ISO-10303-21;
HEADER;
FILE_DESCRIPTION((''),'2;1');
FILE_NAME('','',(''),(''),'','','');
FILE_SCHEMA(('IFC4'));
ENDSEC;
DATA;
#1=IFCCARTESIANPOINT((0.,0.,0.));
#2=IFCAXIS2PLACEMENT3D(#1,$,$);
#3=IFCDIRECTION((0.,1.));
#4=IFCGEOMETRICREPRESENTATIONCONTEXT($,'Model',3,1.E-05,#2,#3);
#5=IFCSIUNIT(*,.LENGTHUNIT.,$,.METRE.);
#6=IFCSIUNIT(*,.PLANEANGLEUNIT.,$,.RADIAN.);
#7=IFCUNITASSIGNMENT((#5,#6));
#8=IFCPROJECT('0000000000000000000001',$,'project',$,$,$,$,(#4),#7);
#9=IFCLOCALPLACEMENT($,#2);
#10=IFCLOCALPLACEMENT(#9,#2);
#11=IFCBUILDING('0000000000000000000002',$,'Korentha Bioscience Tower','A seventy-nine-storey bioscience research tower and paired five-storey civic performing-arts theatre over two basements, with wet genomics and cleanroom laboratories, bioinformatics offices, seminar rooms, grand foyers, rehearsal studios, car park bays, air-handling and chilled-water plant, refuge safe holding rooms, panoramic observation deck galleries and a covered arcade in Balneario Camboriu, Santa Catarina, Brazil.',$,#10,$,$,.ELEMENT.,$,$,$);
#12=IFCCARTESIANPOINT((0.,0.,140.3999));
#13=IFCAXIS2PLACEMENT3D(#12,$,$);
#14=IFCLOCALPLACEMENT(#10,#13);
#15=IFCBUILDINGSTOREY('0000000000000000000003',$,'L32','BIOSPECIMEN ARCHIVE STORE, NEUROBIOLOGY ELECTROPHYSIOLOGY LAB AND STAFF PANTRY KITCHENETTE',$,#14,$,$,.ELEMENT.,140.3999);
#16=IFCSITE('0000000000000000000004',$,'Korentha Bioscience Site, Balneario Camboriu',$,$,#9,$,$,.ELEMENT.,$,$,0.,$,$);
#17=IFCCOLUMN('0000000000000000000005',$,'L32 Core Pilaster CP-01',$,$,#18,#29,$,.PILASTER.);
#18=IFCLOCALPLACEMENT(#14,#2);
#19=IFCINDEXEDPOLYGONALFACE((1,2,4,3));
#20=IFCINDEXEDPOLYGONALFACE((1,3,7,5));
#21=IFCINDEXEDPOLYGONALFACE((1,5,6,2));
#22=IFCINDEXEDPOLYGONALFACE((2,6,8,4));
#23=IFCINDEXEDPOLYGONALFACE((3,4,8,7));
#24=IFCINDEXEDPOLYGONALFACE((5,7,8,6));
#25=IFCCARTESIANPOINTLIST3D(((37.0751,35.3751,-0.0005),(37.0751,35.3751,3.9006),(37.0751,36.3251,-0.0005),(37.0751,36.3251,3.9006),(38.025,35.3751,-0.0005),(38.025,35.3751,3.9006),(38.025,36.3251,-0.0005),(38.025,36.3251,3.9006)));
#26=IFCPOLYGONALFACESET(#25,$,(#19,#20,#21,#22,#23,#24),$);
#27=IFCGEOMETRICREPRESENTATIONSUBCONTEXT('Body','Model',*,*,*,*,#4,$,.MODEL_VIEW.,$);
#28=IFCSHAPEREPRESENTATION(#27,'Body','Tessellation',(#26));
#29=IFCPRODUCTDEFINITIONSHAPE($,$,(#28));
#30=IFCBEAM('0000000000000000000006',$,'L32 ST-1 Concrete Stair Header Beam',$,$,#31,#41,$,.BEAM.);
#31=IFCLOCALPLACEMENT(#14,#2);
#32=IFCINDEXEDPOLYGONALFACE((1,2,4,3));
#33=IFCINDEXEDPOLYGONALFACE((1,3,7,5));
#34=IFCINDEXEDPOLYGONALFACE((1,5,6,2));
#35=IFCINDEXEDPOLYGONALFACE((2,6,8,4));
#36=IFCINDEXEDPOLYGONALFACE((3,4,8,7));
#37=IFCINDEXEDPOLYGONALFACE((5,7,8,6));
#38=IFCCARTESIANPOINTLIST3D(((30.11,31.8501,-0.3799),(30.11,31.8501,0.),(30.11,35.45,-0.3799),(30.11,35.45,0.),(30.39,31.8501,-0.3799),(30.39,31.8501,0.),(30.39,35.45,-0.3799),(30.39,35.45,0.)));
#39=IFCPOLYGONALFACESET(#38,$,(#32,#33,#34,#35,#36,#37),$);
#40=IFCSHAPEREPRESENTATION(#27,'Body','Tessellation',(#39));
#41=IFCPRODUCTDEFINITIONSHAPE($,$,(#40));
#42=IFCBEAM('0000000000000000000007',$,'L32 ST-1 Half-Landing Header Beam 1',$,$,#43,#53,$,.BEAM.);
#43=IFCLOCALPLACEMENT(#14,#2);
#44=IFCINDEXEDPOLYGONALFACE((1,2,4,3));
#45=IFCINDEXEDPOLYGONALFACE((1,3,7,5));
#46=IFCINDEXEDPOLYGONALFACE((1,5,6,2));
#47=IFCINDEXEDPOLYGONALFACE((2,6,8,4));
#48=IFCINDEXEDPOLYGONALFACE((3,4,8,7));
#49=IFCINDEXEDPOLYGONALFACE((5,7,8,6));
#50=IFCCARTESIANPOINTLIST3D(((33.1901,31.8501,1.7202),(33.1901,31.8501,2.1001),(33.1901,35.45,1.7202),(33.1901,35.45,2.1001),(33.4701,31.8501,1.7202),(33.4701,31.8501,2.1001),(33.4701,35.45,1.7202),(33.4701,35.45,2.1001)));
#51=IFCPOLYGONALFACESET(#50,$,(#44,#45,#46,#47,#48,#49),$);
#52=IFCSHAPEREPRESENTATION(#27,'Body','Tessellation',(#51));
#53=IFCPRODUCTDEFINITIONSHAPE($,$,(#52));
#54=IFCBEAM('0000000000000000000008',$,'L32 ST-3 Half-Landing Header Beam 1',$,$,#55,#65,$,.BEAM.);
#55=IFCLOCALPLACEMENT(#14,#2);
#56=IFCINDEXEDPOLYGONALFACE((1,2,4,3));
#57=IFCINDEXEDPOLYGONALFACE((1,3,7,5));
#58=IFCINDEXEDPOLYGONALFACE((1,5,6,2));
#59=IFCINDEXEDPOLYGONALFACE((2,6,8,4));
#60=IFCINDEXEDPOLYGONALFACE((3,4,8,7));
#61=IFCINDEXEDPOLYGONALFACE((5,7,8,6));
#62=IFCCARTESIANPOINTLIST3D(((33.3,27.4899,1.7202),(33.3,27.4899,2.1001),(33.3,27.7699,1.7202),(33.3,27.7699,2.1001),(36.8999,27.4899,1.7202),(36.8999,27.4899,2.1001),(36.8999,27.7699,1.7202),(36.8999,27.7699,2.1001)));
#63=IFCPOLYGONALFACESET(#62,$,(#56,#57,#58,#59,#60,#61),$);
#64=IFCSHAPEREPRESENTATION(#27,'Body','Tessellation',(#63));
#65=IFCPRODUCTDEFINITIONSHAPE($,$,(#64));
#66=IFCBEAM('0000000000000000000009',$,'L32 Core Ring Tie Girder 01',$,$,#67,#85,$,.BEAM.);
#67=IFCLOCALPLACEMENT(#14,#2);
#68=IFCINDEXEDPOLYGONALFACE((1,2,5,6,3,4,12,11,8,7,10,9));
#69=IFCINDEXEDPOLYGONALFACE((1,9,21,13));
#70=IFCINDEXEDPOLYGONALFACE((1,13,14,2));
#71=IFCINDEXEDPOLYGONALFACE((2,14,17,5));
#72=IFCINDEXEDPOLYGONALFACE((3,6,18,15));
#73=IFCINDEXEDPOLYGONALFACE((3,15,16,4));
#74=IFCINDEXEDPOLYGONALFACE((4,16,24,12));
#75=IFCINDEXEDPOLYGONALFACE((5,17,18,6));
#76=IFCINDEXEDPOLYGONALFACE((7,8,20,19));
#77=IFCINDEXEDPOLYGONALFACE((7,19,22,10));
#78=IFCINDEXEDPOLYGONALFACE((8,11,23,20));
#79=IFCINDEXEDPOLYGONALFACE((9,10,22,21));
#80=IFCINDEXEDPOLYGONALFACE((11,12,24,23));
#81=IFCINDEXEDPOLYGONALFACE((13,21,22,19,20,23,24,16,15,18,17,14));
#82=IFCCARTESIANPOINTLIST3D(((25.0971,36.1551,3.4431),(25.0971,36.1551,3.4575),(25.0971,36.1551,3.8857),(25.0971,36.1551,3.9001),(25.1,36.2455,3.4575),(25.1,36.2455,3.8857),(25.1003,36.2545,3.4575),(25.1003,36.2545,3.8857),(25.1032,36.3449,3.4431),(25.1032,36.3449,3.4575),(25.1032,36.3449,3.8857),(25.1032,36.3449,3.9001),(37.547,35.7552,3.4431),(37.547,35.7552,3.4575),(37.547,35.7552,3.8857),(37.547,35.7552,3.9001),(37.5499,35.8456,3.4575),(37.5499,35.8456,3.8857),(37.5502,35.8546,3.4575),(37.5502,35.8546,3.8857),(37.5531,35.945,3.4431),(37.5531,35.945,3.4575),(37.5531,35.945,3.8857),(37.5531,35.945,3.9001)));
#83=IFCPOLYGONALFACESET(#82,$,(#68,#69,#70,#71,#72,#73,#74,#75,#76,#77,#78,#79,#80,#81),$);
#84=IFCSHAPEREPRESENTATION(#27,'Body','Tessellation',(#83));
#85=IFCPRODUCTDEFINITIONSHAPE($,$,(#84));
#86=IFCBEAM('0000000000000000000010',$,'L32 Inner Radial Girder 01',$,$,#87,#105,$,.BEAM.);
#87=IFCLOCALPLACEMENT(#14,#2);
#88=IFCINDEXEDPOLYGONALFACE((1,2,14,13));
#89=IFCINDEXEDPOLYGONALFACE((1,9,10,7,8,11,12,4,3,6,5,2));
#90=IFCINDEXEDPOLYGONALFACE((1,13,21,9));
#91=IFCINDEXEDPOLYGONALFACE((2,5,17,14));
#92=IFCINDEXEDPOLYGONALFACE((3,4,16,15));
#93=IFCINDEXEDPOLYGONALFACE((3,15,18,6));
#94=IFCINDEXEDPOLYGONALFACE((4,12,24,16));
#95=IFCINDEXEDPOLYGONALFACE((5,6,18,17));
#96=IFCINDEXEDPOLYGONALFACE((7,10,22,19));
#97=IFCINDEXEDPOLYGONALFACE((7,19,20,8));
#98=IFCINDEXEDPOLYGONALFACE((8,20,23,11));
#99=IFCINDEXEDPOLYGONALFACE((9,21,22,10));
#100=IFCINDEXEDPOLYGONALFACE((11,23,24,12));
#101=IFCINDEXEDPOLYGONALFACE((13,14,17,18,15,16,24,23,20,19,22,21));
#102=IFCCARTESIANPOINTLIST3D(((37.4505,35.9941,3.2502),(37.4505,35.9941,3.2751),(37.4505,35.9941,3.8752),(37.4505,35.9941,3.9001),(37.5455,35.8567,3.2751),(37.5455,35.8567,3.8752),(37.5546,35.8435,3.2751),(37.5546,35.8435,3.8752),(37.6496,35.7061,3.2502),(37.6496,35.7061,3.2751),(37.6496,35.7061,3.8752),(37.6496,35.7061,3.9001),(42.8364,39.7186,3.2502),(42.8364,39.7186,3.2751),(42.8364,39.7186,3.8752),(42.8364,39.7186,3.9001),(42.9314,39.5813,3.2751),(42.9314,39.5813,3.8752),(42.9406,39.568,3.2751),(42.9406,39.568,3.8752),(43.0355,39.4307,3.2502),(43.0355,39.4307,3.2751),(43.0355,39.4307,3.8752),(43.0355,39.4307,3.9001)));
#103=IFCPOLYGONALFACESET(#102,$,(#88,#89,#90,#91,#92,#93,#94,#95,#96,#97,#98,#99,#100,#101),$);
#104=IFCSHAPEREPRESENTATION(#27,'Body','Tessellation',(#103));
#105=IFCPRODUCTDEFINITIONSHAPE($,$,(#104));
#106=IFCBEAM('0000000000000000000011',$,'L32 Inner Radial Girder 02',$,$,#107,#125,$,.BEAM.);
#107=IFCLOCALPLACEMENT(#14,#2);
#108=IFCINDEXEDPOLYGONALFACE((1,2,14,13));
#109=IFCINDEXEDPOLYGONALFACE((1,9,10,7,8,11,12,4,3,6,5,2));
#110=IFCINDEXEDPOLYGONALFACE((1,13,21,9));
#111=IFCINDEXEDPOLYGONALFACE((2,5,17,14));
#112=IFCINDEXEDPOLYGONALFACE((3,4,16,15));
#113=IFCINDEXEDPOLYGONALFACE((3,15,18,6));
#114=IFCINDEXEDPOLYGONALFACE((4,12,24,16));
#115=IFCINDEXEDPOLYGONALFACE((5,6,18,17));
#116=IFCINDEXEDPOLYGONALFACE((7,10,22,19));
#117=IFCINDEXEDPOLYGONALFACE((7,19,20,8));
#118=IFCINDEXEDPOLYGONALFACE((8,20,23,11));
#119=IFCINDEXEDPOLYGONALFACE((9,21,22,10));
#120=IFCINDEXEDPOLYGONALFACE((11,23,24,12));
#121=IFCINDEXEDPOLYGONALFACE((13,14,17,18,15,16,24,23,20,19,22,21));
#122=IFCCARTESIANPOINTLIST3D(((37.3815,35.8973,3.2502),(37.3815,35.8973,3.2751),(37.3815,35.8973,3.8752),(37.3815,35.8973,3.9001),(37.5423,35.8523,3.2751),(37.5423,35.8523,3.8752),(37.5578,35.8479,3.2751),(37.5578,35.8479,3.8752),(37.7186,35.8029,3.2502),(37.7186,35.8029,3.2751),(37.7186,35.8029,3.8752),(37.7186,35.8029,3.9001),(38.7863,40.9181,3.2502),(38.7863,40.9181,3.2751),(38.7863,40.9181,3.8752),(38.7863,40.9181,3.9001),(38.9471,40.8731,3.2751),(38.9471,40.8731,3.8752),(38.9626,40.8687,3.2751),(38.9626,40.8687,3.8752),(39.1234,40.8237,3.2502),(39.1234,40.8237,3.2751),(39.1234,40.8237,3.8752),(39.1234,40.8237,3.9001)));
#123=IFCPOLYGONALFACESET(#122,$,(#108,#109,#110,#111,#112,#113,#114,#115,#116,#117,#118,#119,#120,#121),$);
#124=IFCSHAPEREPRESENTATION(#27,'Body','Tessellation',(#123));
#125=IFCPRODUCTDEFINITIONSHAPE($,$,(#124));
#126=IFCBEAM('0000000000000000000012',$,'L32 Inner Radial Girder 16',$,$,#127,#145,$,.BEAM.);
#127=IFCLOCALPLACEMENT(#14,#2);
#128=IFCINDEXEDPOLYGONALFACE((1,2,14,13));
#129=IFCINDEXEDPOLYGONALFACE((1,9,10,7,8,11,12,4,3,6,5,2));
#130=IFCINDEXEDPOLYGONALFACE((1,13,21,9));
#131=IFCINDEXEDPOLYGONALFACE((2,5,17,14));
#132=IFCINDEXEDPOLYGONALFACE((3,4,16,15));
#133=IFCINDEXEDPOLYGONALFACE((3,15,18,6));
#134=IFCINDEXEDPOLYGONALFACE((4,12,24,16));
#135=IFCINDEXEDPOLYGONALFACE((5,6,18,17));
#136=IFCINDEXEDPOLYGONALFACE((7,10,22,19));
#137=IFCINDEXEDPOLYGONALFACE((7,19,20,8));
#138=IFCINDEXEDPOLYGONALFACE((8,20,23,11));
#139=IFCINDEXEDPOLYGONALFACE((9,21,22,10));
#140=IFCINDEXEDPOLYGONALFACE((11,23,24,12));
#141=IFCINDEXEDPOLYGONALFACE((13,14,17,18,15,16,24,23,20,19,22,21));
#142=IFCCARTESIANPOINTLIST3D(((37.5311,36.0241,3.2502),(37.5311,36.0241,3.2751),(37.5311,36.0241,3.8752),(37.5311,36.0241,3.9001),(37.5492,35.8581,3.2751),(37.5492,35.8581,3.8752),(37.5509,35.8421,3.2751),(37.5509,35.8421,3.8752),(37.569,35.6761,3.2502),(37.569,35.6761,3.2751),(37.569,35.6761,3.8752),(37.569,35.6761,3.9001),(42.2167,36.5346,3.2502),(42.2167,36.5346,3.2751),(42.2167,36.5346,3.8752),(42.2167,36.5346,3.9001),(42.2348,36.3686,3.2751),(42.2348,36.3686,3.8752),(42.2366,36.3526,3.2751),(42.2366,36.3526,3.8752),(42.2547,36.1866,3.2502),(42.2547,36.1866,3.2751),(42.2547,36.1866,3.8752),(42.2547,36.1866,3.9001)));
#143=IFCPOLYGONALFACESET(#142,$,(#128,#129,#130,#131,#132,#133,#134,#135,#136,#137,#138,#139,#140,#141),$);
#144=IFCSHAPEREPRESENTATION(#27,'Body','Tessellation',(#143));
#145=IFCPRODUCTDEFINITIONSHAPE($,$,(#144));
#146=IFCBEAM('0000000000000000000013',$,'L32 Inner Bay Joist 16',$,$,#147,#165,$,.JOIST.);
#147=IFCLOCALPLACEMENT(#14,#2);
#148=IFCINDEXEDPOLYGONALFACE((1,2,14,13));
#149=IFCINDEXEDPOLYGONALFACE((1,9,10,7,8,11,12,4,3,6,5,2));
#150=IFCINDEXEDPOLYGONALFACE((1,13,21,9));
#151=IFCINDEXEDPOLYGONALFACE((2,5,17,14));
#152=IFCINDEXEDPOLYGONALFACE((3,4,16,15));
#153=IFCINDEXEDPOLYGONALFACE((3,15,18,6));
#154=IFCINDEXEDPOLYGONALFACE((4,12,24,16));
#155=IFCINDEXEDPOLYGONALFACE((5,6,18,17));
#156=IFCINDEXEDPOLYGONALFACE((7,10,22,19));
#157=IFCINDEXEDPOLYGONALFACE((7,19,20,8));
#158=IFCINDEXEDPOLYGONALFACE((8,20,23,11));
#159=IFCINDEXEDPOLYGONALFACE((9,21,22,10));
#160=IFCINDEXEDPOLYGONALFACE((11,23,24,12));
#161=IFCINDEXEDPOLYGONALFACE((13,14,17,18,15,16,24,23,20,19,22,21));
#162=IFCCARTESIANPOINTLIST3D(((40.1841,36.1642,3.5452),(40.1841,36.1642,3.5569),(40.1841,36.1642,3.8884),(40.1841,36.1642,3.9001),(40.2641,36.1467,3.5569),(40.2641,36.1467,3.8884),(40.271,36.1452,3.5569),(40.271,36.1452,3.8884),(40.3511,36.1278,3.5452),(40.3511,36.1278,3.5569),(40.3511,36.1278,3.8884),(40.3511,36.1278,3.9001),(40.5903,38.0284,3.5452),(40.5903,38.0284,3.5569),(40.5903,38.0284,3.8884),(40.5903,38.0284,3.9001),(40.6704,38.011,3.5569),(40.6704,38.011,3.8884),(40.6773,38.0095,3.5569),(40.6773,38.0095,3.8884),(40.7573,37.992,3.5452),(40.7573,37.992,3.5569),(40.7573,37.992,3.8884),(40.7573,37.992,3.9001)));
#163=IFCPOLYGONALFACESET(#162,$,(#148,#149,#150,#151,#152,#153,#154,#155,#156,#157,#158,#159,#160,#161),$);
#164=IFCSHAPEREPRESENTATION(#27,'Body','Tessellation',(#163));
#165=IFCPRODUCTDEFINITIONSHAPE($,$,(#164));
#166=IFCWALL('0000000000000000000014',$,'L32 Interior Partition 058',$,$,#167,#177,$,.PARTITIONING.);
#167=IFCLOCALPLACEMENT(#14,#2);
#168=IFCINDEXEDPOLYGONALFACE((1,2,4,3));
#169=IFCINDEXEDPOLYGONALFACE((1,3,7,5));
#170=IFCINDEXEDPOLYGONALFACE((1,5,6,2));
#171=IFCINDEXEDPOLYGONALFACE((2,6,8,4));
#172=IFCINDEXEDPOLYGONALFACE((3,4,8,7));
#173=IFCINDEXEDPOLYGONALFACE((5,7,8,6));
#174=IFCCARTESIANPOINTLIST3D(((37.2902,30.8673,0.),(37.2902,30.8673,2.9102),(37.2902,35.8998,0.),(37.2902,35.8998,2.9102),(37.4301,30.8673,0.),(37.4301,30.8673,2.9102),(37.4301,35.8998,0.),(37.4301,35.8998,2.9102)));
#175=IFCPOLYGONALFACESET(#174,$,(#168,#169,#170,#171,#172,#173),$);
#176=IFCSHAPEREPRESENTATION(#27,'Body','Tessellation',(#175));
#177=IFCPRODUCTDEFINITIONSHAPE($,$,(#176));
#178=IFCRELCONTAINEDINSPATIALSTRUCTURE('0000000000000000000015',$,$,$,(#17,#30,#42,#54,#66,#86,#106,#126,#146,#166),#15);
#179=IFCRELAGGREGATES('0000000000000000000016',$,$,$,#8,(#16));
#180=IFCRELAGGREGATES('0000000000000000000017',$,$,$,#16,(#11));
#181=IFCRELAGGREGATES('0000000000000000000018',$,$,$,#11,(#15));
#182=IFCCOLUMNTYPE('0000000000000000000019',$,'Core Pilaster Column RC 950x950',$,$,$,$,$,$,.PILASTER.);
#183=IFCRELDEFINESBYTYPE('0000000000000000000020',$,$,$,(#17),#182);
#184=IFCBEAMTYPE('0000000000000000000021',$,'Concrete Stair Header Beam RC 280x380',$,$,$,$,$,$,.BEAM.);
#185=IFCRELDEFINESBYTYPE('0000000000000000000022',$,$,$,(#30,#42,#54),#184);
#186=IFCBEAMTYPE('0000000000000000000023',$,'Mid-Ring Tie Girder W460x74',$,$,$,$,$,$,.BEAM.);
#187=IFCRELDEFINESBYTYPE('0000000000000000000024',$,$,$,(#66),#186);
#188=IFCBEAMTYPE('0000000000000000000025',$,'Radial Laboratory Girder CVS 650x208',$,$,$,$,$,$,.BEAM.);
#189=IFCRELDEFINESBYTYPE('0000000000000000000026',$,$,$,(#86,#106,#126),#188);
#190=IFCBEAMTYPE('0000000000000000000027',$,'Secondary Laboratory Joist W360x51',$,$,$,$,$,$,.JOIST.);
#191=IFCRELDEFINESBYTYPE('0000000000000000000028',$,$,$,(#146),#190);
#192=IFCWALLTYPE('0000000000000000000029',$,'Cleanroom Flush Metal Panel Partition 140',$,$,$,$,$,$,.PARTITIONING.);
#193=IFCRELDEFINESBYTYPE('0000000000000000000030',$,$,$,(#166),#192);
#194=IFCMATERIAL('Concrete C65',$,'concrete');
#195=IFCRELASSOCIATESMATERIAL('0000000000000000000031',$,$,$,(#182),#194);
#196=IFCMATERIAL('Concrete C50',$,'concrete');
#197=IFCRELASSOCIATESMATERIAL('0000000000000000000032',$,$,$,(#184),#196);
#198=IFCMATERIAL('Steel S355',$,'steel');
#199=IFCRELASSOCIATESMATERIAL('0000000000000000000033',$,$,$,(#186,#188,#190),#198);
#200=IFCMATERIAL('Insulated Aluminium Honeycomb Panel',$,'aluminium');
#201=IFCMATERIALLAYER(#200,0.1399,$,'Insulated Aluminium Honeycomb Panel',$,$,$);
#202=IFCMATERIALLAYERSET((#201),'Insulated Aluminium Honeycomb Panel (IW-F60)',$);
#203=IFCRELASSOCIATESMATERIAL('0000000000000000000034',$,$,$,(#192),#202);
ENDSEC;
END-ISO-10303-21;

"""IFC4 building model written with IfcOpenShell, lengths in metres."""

from ifc_helpers import new_model, si_unit, direction, frame, frame_2d, origin, origin_2d, place, context, subcontext, project, spatial, rectangle, i_section, extrude, material, layer, layer_set, material_profile, profile_set, type_object, element, save


model = new_model("IFC4")

# Units and contexts
model_context = context("Model", 3, precision=1e-05, world=origin(), true_north=direction((0.0, 1.0)))
body_context = subcontext(model_context, "Body", "Model", "MODEL_VIEW")
ifc_project = project(units=[si_unit("LENGTHUNIT", "METRE"), si_unit("PLANEANGLEUNIT", "RADIAN")], contexts=[model_context])

# Site, building, storey
site_placement = place(None, origin())
site = spatial("IfcSite", under=ifc_project, at=site_placement, Name="Korentha Bioscience Site, Balneario Camboriu", CompositionType="ELEMENT", RefElevation=0.0)
building_placement = place(site_placement, origin())
building = spatial("IfcBuilding", under=site, at=building_placement, Name="Korentha Bioscience Tower", Description="A seventy-nine-storey bioscience research tower and paired five-storey civic performing-arts theatre over two basements, with wet genomics and cleanroom laboratories, bioinformatics offices, seminar rooms, grand foyers, rehearsal studios, car park bays, air-handling and chilled-water plant, refuge safe holding rooms, panoramic observation deck galleries and a covered arcade in Balneario Camboriu, Santa Catarina, Brazil.", CompositionType="ELEMENT")
storey_placement = place(building_placement, frame((0.0, 0.0, 140.3999)))
storey = spatial("IfcBuildingStorey", under=building, at=storey_placement, Name="L32", Description="BIOSPECIMEN ARCHIVE STORE, NEUROBIOLOGY ELECTROPHYSIOLOGY LAB AND STAFF PANTRY KITCHENETTE", CompositionType="ELEMENT", Elevation=140.3999)

# Column
ifc_material_1 = material(Name="Concrete C65", Category="concrete")
ifc_material_profile_1 = material_profile(ifc_material_1, rectangle(XDim=0.95, YDim=0.95, at=origin_2d()), Name="Concrete C65")
ifc_profile_set_1 = profile_set([ifc_material_profile_1], Name="Concrete C65 (COL-CP09)")
column_type = type_object("IfcColumnType", Name="Core Pilaster Column RC 950x950", PredefinedType="PILASTER", material=ifc_profile_set_1)
column_placement = place(storey_placement, frame((37.55, 35.8501, -0.0005), z_axis=(0.0, 0.0, 1.0), x_axis=(1.0, 0.0, 0.0)))
element("IfcColumn", 1, at=column_placement, inside=storey, type_object=column_type, Name="L32 Core Pilaster CP-01", PredefinedType="PILASTER", context=body_context, shape_type="SweptSolid", body=[
    extrude(rectangle(XDim=0.95, YDim=0.95, at=origin_2d()), origin(), (0.0, 0.0, 1.0), 3.9011),
])

# Beams
ifc_material_2 = material(Name="Concrete C50", Category="concrete")
ifc_material_profile_2 = material_profile(ifc_material_2, rectangle(XDim=0.28, YDim=0.3799, at=origin_2d()), Name="Concrete C50")
ifc_profile_set_2 = profile_set([ifc_material_profile_2], Name="Concrete C50 (ST-HB380)")
beam_type_1 = type_object("IfcBeamType", Name="Concrete Stair Header Beam RC 280x380", PredefinedType="BEAM", material=ifc_profile_set_2)
for number, where, z_axis, x_axis, name in (
    (2, (30.25, 31.8501, -0.1899), (0.0, 1.0, 0.0), (-1.0, 0.0, 0.0), "L32 ST-1 Concrete Stair Header Beam"),
    (3, (33.3301, 31.8501, 1.9102), (0.0, 1.0, 0.0), (-1.0, 0.0, 0.0), "L32 ST-1 Half-Landing Header Beam 1"),
    (4, (36.8999, 27.6299, 1.9102), (-1.0, 0.0, 0.0), (0.0, -1.0, 0.0), "L32 ST-3 Half-Landing Header Beam 1"),
):
    element("IfcBeam", number, at=place(storey_placement, frame(where, z_axis=z_axis, x_axis=x_axis)), inside=storey, type_object=beam_type_1, Name=name, PredefinedType="BEAM", context=body_context, shape_type="SweptSolid", body=[
        extrude(rectangle(XDim=0.28, YDim=0.3799, at=origin_2d()), origin(), (0.0, 0.0, 1.0), 3.5999),
    ])
ifc_material_3 = material(Name="Steel S355", Category="steel")
ifc_material_profile_3 = material_profile(ifc_material_3, i_section(OverallWidth=0.1899, OverallDepth=0.457, WebThickness=0.009, FlangeThickness=0.0144, at=origin_2d()), Name="Steel S355")
ifc_profile_set_3 = profile_set([ifc_material_profile_3], Name="Steel S355 (MB-460)")
beam_type_2 = type_object("IfcBeamType", Name="Mid-Ring Tie Girder W460x74", PredefinedType="BEAM", material=ifc_profile_set_3)
beam_1_placement = place(storey_placement, frame((37.55, 35.8501, 3.6716), z_axis=(-0.999485, 0.032104, 0.0), x_axis=(-0.032104, -0.999485, 0.0)))
element("IfcBeam", 5, at=beam_1_placement, inside=storey, type_object=beam_type_2, Name="L32 Core Ring Tie Girder 01", PredefinedType="BEAM", context=body_context, shape_type="SweptSolid", body=[
    extrude(i_section(OverallWidth=0.1899, OverallDepth=0.457, WebThickness=0.009, FlangeThickness=0.0144, at=origin_2d()), origin(), (0.0, 0.0, 1.0), 12.4563),
])
ifc_material_profile_4 = material_profile(ifc_material_3, i_section(OverallWidth=0.3501, OverallDepth=0.6499, WebThickness=0.0161, FlangeThickness=0.0249, at=origin_2d()), Name="Steel S355")
ifc_profile_set_4 = profile_set([ifc_material_profile_4], Name="Steel S355 (RB-650)")
beam_type_3 = type_object("IfcBeamType", Name="Radial Laboratory Girder CVS 650x208", PredefinedType="BEAM", material=ifc_profile_set_4)
beam_2_placement = place(storey_placement, frame((37.55, 35.8501, 3.5752), z_axis=(0.822489, 0.568781, 0.0), x_axis=(-0.568781, 0.822489, 0.0)))
element("IfcBeam", 6, at=beam_2_placement, inside=storey, type_object=beam_type_3, Name="L32 Inner Radial Girder 01", PredefinedType="BEAM", context=body_context, shape_type="SweptSolid", body=[
    extrude(i_section(OverallWidth=0.3501, OverallDepth=0.6499, WebThickness=0.0161, FlangeThickness=0.0249, at=origin_2d()), origin(), (0.0, 0.0, 1.0), 6.5483),
])
beam_3_placement = place(storey_placement, frame((37.55, 35.8501, 3.5752), z_axis=(0.269448, 0.963015, 0.0), x_axis=(-0.963015, 0.269448, 0.0)))
element("IfcBeam", 7, at=beam_3_placement, inside=storey, type_object=beam_type_3, Name="L32 Inner Radial Girder 02", PredefinedType="BEAM", context=body_context, shape_type="SweptSolid", body=[
    extrude(i_section(OverallWidth=0.3501, OverallDepth=0.6499, WebThickness=0.0161, FlangeThickness=0.0249, at=origin_2d()), origin(), (0.0, 0.0, 1.0), 5.2136),
])
beam_4_placement = place(storey_placement, frame((37.55, 35.8501, 3.5752), z_axis=(0.994117, 0.108311, 0.0), x_axis=(-0.108311, 0.994117, 0.0)))
element("IfcBeam", 8, at=beam_4_placement, inside=storey, type_object=beam_type_3, Name="L32 Inner Radial Girder 16", PredefinedType="BEAM", context=body_context, shape_type="SweptSolid", body=[
    extrude(i_section(OverallWidth=0.3501, OverallDepth=0.6499, WebThickness=0.0161, FlangeThickness=0.0249, at=origin_2d()), origin(), (0.0, 0.0, 1.0), 4.7134),
])
ifc_material_profile_5 = material_profile(ifc_material_3, i_section(OverallWidth=0.1709, OverallDepth=0.355, WebThickness=0.0071, FlangeThickness=0.0117, at=origin_2d()), Name="Steel S355")
ifc_profile_set_5 = profile_set([ifc_material_profile_5], Name="Steel S355 (JB-360)")
beam_type_4 = type_object("IfcBeamType", Name="Secondary Laboratory Joist W360x51", PredefinedType="JOIST", material=ifc_profile_set_5)
beam_5_placement = place(storey_placement, frame((40.2676, 36.146, 3.7227), z_axis=(0.212918, 0.97707, 0.0), x_axis=(-0.97707, 0.212918, 0.0)))
element("IfcBeam", 9, at=beam_5_placement, inside=storey, type_object=beam_type_4, Name="L32 Inner Bay Joist 16", PredefinedType="JOIST", context=body_context, shape_type="SweptSolid", body=[
    extrude(i_section(OverallWidth=0.1709, OverallDepth=0.355, WebThickness=0.0071, FlangeThickness=0.0117, at=origin_2d()), origin(), (0.0, 0.0, 1.0), 1.908),
])

# Wall
ifc_material_4 = material(Name="Insulated Aluminium Honeycomb Panel", Category="aluminium")
ifc_layer_1 = layer(ifc_material_4, 0.1399, Name="Insulated Aluminium Honeycomb Panel")
ifc_layer_set_1 = layer_set([ifc_layer_1], Name="Insulated Aluminium Honeycomb Panel (IW-F60)")
wall_type_1 = type_object("IfcWallType", Name="Cleanroom Flush Metal Panel Partition 140", PredefinedType="PARTITIONING", material=ifc_layer_set_1)
wall_1_placement = place(storey_placement, frame((37.3601, 30.8674, 0.0), z_axis=(0.0, 0.0, 1.0), x_axis=(0.0, 1.0, 0.0)))
element("IfcWall", 10, at=wall_1_placement, inside=storey, type_object=wall_type_1, Name="L32 Interior Partition 058", PredefinedType="PARTITIONING", context=body_context, shape_type="SweptSolid", body=[
    extrude(rectangle(XDim=5.0325, YDim=0.1399, at=frame_2d((2.5161, 0.0))), origin(), (0.0, 0.0, 1.0), 2.9102),
])

save(model, "model.ifc")
